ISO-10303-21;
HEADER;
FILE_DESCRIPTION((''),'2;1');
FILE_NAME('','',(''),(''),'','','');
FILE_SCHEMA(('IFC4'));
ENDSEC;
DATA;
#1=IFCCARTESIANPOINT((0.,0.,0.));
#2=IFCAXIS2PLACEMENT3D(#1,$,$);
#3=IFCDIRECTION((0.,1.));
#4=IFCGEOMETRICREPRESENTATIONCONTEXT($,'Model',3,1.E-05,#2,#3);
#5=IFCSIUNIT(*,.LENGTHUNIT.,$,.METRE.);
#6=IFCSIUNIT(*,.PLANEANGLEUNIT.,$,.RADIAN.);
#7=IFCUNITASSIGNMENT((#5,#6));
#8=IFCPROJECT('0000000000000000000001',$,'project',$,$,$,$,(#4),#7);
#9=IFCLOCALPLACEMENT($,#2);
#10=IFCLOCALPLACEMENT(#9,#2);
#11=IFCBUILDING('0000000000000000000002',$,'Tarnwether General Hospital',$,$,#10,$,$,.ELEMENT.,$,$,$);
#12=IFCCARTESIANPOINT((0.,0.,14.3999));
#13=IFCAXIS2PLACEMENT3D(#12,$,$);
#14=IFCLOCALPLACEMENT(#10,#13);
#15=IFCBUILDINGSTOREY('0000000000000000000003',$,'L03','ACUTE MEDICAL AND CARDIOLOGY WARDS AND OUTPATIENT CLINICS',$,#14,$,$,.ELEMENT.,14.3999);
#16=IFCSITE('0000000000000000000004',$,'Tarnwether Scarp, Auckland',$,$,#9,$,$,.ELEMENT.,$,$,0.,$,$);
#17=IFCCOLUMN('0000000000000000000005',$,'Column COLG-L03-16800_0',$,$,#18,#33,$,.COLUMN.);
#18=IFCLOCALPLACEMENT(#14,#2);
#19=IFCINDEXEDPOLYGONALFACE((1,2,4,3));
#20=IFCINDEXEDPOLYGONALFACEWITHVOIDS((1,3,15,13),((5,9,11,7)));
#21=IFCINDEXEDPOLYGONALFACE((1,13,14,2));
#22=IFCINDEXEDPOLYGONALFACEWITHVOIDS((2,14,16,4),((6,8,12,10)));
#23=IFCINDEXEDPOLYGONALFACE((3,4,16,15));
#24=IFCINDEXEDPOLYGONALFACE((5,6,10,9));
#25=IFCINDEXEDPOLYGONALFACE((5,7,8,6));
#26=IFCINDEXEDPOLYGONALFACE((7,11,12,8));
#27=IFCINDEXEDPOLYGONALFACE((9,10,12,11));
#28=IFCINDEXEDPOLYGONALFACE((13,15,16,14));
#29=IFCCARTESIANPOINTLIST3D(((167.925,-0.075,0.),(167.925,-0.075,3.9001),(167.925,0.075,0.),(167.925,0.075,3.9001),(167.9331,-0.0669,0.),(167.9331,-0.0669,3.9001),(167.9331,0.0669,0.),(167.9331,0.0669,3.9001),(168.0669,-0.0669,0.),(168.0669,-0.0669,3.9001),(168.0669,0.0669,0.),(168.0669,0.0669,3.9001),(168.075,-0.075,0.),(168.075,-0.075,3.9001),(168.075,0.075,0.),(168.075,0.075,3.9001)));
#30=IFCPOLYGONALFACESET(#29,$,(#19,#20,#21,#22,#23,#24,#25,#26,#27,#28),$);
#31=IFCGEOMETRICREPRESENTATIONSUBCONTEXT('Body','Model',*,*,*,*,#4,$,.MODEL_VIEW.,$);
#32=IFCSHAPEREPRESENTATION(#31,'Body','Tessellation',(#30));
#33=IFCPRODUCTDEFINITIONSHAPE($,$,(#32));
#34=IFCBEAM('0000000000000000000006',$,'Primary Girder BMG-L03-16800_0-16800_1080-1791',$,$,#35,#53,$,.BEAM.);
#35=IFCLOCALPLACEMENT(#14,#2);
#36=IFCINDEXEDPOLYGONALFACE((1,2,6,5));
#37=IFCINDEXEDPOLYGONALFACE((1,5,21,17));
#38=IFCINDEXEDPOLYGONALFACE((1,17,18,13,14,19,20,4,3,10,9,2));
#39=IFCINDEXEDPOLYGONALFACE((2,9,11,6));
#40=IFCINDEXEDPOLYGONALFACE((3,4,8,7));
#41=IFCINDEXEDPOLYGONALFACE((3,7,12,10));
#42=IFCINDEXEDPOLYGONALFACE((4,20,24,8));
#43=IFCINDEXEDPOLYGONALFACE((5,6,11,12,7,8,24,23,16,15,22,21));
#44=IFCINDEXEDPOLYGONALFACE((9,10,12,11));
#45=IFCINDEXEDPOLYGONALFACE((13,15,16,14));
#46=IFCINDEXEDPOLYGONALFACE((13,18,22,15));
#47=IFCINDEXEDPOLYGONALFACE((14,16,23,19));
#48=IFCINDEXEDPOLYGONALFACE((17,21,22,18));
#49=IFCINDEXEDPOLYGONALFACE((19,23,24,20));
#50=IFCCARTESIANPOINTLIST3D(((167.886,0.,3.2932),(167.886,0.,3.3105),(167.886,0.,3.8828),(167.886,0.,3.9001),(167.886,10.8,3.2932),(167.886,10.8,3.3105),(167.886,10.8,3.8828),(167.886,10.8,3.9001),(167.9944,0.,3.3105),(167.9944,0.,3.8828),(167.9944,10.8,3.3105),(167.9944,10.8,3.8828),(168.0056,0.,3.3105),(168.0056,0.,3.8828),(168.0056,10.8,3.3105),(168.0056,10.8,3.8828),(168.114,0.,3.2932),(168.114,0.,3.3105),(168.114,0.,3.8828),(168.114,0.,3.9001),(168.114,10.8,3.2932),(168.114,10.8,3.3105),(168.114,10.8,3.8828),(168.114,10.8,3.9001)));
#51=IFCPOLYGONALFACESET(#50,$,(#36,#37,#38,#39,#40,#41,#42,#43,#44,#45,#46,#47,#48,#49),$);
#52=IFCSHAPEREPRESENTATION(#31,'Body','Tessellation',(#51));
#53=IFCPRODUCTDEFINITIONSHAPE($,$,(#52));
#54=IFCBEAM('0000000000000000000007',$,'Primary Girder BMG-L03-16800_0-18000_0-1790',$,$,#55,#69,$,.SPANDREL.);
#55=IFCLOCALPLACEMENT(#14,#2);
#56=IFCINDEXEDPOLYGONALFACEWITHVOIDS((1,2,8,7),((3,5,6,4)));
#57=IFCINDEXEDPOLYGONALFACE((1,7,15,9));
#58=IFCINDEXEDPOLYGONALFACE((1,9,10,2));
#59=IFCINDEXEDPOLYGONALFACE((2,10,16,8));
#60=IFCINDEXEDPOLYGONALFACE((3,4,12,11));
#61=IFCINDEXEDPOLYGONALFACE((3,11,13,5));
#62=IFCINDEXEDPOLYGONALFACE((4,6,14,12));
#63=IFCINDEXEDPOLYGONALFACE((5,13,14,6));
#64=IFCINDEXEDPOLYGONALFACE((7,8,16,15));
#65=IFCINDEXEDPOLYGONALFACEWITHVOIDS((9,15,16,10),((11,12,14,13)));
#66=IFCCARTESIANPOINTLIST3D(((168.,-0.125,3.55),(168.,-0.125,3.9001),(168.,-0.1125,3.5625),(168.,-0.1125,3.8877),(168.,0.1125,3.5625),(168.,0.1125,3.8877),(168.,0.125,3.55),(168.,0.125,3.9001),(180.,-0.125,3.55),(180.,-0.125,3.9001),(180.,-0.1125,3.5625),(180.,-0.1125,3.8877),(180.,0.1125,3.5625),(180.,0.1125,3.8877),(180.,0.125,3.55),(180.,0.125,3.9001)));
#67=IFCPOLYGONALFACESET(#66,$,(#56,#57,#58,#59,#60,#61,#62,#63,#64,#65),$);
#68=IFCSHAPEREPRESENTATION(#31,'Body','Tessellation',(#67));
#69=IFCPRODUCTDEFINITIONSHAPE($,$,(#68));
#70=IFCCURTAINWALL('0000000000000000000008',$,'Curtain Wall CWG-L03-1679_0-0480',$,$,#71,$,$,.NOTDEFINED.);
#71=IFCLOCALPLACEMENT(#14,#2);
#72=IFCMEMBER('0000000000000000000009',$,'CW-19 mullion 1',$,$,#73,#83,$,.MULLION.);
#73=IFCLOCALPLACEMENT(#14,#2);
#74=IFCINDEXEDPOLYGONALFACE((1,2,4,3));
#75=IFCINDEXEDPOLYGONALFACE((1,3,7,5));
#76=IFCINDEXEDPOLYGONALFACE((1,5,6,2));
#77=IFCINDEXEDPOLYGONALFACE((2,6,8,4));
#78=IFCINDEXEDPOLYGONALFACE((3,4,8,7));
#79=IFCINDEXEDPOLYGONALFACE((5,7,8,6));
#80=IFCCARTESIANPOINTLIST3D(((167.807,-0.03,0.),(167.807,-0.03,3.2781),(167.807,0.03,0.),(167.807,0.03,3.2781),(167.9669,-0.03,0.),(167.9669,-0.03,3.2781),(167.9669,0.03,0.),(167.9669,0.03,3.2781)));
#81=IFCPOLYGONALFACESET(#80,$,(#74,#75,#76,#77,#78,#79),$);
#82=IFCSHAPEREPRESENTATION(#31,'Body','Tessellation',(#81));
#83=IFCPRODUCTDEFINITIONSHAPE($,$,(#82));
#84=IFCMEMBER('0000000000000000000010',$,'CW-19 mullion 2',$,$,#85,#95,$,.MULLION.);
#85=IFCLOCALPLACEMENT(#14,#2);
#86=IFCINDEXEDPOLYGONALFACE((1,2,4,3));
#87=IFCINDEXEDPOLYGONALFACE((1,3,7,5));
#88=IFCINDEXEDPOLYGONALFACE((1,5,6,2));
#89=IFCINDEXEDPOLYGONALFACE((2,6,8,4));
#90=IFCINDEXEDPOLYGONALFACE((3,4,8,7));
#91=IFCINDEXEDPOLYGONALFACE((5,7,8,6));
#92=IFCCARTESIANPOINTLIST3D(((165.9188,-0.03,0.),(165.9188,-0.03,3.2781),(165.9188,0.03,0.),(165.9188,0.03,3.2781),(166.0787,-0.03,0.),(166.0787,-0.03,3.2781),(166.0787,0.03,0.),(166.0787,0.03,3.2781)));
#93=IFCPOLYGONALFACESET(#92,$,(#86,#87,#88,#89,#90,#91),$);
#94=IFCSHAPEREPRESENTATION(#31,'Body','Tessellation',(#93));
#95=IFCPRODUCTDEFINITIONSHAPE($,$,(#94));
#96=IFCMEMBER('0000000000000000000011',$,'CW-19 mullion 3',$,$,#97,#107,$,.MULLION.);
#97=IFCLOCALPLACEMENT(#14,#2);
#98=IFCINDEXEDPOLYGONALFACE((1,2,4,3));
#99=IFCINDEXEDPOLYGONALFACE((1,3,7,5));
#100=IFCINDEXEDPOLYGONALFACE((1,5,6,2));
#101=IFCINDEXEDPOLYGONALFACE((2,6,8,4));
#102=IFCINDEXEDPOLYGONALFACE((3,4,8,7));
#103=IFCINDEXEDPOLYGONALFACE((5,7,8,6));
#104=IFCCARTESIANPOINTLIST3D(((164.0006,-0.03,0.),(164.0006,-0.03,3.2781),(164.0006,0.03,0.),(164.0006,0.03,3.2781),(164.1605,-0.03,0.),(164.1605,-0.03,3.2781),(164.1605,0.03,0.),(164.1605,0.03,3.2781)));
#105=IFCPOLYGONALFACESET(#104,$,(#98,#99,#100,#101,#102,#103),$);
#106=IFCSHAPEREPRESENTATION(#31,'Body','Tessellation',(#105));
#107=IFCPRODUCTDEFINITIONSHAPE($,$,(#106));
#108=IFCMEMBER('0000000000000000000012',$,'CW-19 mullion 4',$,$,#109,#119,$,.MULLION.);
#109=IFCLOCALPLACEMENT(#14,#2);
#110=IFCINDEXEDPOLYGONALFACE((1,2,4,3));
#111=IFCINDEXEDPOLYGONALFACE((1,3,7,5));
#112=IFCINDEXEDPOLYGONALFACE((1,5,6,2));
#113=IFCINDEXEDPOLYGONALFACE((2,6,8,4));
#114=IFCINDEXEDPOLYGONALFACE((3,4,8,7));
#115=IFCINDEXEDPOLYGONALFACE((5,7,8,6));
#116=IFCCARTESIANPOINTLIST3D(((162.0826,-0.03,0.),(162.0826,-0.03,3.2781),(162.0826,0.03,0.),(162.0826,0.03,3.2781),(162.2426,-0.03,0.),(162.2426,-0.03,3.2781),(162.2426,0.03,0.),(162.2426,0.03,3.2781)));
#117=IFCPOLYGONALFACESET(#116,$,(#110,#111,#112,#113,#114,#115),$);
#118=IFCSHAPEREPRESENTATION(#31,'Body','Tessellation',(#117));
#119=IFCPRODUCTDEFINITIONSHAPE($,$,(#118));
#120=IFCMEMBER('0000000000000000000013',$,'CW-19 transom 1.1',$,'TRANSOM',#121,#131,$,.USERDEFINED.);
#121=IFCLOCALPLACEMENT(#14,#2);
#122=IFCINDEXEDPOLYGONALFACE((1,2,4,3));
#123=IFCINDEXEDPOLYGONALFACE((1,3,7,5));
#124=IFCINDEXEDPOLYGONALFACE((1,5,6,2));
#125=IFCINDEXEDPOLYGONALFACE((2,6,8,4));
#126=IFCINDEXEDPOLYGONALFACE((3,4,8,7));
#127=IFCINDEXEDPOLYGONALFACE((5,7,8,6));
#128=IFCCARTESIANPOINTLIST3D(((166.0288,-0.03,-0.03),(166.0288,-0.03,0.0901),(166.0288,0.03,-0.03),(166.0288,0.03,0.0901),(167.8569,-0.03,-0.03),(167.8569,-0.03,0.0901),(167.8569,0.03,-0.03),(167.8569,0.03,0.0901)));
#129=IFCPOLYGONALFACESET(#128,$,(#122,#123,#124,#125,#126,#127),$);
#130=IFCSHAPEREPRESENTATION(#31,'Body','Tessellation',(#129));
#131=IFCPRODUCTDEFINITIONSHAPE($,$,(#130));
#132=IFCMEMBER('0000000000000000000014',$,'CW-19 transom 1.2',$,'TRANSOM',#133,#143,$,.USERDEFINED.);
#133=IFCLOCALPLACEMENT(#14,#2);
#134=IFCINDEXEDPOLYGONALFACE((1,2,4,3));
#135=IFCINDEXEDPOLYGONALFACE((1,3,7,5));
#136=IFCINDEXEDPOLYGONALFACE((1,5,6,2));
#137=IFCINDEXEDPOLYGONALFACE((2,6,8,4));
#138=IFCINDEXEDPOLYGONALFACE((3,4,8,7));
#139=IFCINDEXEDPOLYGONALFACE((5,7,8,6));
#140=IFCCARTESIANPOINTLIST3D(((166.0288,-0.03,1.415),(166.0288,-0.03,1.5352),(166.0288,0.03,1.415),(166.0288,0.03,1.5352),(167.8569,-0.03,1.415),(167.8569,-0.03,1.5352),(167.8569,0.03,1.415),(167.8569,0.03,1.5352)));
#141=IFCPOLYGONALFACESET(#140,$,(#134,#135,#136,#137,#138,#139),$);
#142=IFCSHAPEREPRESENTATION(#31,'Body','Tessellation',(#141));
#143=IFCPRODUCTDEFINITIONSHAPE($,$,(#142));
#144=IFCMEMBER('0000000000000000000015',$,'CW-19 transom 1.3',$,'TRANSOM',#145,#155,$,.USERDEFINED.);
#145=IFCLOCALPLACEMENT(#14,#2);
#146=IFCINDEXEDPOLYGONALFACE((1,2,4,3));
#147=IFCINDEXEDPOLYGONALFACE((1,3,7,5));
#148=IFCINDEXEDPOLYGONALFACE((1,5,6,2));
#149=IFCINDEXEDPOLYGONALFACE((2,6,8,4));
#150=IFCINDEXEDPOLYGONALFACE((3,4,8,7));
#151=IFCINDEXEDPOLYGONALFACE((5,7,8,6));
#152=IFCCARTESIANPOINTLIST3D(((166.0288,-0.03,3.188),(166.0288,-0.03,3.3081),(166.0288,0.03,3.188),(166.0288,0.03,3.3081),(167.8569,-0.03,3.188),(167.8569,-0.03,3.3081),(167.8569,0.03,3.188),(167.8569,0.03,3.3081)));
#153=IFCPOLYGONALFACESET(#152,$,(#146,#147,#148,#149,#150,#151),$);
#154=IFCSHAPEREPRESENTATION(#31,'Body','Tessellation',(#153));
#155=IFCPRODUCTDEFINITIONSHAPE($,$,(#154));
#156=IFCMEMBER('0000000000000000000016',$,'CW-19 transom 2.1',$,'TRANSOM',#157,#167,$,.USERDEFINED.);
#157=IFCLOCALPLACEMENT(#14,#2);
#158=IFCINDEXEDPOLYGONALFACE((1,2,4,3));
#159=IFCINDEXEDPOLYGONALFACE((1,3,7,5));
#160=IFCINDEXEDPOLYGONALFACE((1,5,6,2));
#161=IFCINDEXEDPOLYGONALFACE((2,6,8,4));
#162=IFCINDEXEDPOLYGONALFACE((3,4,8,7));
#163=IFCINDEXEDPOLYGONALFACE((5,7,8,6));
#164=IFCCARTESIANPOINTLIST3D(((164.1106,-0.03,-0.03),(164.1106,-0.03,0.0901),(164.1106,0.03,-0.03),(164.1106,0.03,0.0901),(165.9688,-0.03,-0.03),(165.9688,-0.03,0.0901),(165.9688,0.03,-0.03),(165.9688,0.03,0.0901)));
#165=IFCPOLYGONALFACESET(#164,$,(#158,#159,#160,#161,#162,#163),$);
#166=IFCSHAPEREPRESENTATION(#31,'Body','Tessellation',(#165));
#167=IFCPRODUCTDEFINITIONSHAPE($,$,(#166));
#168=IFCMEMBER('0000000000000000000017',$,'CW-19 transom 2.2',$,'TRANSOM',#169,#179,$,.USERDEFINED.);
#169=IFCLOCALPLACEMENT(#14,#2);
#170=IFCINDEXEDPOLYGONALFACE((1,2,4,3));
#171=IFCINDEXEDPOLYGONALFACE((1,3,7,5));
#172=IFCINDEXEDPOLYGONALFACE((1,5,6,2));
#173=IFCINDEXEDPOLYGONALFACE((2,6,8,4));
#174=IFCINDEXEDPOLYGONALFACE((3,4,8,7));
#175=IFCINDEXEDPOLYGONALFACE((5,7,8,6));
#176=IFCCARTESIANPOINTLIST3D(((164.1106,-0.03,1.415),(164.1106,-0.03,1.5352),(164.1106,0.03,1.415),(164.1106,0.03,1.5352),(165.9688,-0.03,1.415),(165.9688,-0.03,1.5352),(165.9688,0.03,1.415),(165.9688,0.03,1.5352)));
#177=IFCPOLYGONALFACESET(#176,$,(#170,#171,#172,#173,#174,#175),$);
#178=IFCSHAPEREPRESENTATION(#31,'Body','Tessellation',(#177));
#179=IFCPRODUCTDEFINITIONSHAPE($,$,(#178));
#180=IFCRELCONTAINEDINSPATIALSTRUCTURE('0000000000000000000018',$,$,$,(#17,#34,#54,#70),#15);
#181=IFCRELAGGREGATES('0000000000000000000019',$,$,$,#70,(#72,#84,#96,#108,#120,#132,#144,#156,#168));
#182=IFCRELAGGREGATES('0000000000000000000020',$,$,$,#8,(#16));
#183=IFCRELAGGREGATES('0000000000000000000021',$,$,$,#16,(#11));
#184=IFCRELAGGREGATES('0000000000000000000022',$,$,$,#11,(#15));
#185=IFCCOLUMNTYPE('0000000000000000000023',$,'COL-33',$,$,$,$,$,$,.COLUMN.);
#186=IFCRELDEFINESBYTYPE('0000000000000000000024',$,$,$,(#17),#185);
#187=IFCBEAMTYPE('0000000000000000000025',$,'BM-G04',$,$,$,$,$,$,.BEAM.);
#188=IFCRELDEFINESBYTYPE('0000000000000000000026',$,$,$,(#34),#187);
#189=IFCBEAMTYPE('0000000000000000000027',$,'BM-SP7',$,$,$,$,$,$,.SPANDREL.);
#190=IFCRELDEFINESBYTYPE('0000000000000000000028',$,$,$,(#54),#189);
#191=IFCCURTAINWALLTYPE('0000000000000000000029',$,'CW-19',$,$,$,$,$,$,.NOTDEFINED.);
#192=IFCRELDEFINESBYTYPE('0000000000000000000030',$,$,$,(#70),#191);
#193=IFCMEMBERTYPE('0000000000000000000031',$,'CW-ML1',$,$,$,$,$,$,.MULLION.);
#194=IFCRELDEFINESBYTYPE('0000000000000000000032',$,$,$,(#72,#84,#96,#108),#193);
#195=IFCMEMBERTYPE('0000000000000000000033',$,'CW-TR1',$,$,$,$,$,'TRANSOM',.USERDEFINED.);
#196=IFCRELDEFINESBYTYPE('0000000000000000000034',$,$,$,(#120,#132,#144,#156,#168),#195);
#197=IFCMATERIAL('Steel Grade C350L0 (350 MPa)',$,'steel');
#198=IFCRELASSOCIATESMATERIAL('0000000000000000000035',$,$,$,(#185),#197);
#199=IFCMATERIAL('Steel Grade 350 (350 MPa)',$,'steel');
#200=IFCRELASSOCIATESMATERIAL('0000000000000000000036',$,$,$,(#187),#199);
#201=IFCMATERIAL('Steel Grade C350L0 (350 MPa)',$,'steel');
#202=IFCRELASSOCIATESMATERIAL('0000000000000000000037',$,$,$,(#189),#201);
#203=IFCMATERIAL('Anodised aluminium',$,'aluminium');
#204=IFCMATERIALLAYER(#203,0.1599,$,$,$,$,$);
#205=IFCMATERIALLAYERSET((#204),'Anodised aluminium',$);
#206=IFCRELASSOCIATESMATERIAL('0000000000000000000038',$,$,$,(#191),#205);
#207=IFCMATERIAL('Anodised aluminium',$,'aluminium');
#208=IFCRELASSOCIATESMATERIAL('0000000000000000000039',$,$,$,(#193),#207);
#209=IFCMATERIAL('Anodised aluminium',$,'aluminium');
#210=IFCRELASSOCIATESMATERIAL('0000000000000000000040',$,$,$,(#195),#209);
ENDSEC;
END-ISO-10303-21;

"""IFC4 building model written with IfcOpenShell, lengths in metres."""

from ifc_helpers import new_model, si_unit, direction, frame, origin, origin_2d, place, context, subcontext, project, spatial, rectangle, hollow_rectangle, i_section, extrude, material, layer, layer_set, material_profile, profile_set, type_object, element, aggregate, save


model = new_model("IFC4")

# Units and contexts
model_context = context("Model", 3, precision=1e-05, world=origin(), true_north=direction((0.0, 1.0)))
body_context = subcontext(model_context, "Body", "Model", "MODEL_VIEW")
ifc_project = project(units=[si_unit("LENGTHUNIT", "METRE"), si_unit("PLANEANGLEUNIT", "RADIAN")], contexts=[model_context])

# Site, building, storey
site_placement = place(None, origin())
site = spatial("IfcSite", under=ifc_project, at=site_placement, Name="Tarnwether Scarp, Auckland", CompositionType="ELEMENT", RefElevation=0.0)
building_placement = place(site_placement, origin())
building = spatial("IfcBuilding", under=site, at=building_placement, Name="Tarnwether General Hospital", CompositionType="ELEMENT")
storey_placement = place(building_placement, frame((0.0, 0.0, 14.3999)))
storey = spatial("IfcBuildingStorey", under=building, at=storey_placement, Name="L03", Description="ACUTE MEDICAL AND CARDIOLOGY WARDS AND OUTPATIENT CLINICS", CompositionType="ELEMENT", Elevation=14.3999)

# Column
ifc_material_1 = material(Name="Steel Grade C350L0 (350 MPa)", Category="steel")
ifc_material_profile_1 = material_profile(ifc_material_1, hollow_rectangle(XDim=0.1499, YDim=0.1499, WallThickness=0.0081, at=origin_2d()), Name="SHS150x150x8")
ifc_profile_set_1 = profile_set([ifc_material_profile_1], Name="Steel Grade C350L0 (350 MPa)")
column_type = type_object("IfcColumnType", Name="COL-33", PredefinedType="COLUMN", material=ifc_profile_set_1)
column_placement = place(storey_placement, frame((168.0, 0.0, 0.0), z_axis=(0.0, 0.0, 1.0), x_axis=(1.0, 0.0, 0.0)))
element("IfcColumn", 1, at=column_placement, inside=storey, type_object=column_type, Name="Column COLG-L03-16800_0", PredefinedType="COLUMN", context=body_context, shape_type="SweptSolid", body=[
    extrude(hollow_rectangle(XDim=0.1499, YDim=0.1499, WallThickness=0.0081, at=origin_2d()), origin(), (0.0, 0.0, 1.0), 3.9001),
])

# Beams
ifc_material_2 = material(Name="Steel Grade 350 (350 MPa)", Category="steel")
ifc_material_profile_2 = material_profile(ifc_material_2, i_section(OverallWidth=0.228, OverallDepth=0.6069, WebThickness=0.0112, FlangeThickness=0.0173, at=origin_2d()), Name="610UB113")
ifc_profile_set_2 = profile_set([ifc_material_profile_2], Name="Steel Grade 350 (350 MPa)")
beam_type_1 = type_object("IfcBeamType", Name="BM-G04", PredefinedType="BEAM", material=ifc_profile_set_2)
beam_1_placement = place(storey_placement, frame((168.0, 0.0, 3.5967), z_axis=(0.0, 1.0, 0.0), x_axis=(-1.0, 0.0, 0.0)))
element("IfcBeam", 2, at=beam_1_placement, inside=storey, type_object=beam_type_1, Name="Primary Girder BMG-L03-16800_0-16800_1080-1791", PredefinedType="BEAM", context=body_context, shape_type="SweptSolid", body=[
    extrude(i_section(OverallWidth=0.228, OverallDepth=0.6069, WebThickness=0.0112, FlangeThickness=0.0173, at=origin_2d()), origin(), (0.0, 0.0, 1.0), 10.8),
])
ifc_material_3 = material(Name="Steel Grade C350L0 (350 MPa)", Category="steel")
ifc_material_profile_3 = material_profile(ifc_material_3, hollow_rectangle(XDim=0.25, YDim=0.3501, WallThickness=0.0125, at=origin_2d()), Name="RHS350x250x12.5")
ifc_profile_set_3 = profile_set([ifc_material_profile_3], Name="Steel Grade C350L0 (350 MPa)")
beam_type_2 = type_object("IfcBeamType", Name="BM-SP7", PredefinedType="SPANDREL", material=ifc_profile_set_3)
beam_2_placement = place(storey_placement, frame((168.0, 0.0, 3.7251), z_axis=(1.0, 0.0, 0.0), x_axis=(0.0, 1.0, 0.0)))
element("IfcBeam", 3, at=beam_2_placement, inside=storey, type_object=beam_type_2, Name="Primary Girder BMG-L03-16800_0-18000_0-1790", PredefinedType="SPANDREL", context=body_context, shape_type="SweptSolid", body=[
    extrude(hollow_rectangle(XDim=0.25, YDim=0.3501, WallThickness=0.0125, at=origin_2d()), origin(), (0.0, 0.0, 1.0), 12.0),
])

# Curtain wall, members
ifc_material_4 = material(Name="Anodised aluminium", Category="aluminium")
ifc_layer_1 = layer(ifc_material_4, 0.1599)
ifc_layer_set_1 = layer_set([ifc_layer_1], Name="Anodised aluminium")
curtain_wall_type = type_object("IfcCurtainWallType", Name="CW-19", PredefinedType="NOTDEFINED", material=ifc_layer_set_1)
curtain_wall_placement = place(storey_placement, origin())
curtain_wall = element("IfcCurtainWall", 4, at=curtain_wall_placement, inside=storey, type_object=curtain_wall_type, Name="Curtain Wall CWG-L03-1679_0-0480", PredefinedType="NOTDEFINED")
ifc_material_5 = material(Name="Anodised aluminium", Category="aluminium")
ifc_material_profile_4 = material_profile(ifc_material_5, rectangle(XDim=0.0601, YDim=0.1599, at=origin_2d()), Name="ALU-MUL-60x160")
ifc_profile_set_4 = profile_set([ifc_material_profile_4], Name="Anodised aluminium")
member_type_1 = type_object("IfcMemberType", Name="CW-ML1", PredefinedType="MULLION", material=ifc_profile_set_4)
member_1_placement = place(storey_placement, frame((167.887, 0.0, 0.0), z_axis=(0.0, 0.0, 1.0), x_axis=(0.0, -1.0, 0.0)))
member_1 = element("IfcMember", 5, at=member_1_placement, type_object=member_type_1, Name="CW-19 mullion 1", PredefinedType="MULLION", context=body_context, shape_type="SweptSolid", body=[
    extrude(rectangle(XDim=0.0601, YDim=0.1599, at=origin_2d()), origin(), (0.0, 0.0, 1.0), 3.2781),
])
member_2_placement = place(storey_placement, frame((165.9988, 0.0, 0.0), z_axis=(0.0, 0.0, 1.0), x_axis=(0.0, -1.0, 0.0)))
member_2 = element("IfcMember", 6, at=member_2_placement, type_object=member_type_1, Name="CW-19 mullion 2", PredefinedType="MULLION", context=body_context, shape_type="SweptSolid", body=[
    extrude(rectangle(XDim=0.0601, YDim=0.1599, at=origin_2d()), origin(), (0.0, 0.0, 1.0), 3.2781),
])
member_3_placement = place(storey_placement, frame((164.0806, 0.0, 0.0), z_axis=(0.0, 0.0, 1.0), x_axis=(0.0, -1.0, 0.0)))
member_3 = element("IfcMember", 7, at=member_3_placement, type_object=member_type_1, Name="CW-19 mullion 3", PredefinedType="MULLION", context=body_context, shape_type="SweptSolid", body=[
    extrude(rectangle(XDim=0.0601, YDim=0.1599, at=origin_2d()), origin(), (0.0, 0.0, 1.0), 3.2781),
])
member_4_placement = place(storey_placement, frame((162.1626, 0.0, 0.0), z_axis=(0.0, 0.0, 1.0), x_axis=(0.0, -1.0, 0.0)))
member_4 = element("IfcMember", 8, at=member_4_placement, type_object=member_type_1, Name="CW-19 mullion 4", PredefinedType="MULLION", context=body_context, shape_type="SweptSolid", body=[
    extrude(rectangle(XDim=0.0601, YDim=0.1599, at=origin_2d()), origin(), (0.0, 0.0, 1.0), 3.2781),
])
ifc_material_6 = material(Name="Anodised aluminium", Category="aluminium")
ifc_material_profile_5 = material_profile(ifc_material_6, rectangle(XDim=0.0601, YDim=0.1201, at=origin_2d()), Name="ALU-TRN-60x120")
ifc_profile_set_5 = profile_set([ifc_material_profile_5], Name="Anodised aluminium")
member_type_2 = type_object("IfcMemberType", Name="CW-TR1", ElementType="TRANSOM", PredefinedType="USERDEFINED", material=ifc_profile_set_5)
member_5_placement = place(storey_placement, frame((167.8569, 0.0, 0.03), z_axis=(-1.0, 0.0, 0.0), x_axis=(0.0, -1.0, 0.0)))
member_5 = element("IfcMember", 9, at=member_5_placement, type_object=member_type_2, Name="CW-19 transom 1.1", ObjectType="TRANSOM", PredefinedType="USERDEFINED", context=body_context, shape_type="SweptSolid", body=[
    extrude(rectangle(XDim=0.0601, YDim=0.1201, at=origin_2d()), origin(), (0.0, 0.0, 1.0), 1.8281),
])
member_6_placement = place(storey_placement, frame((167.8569, 0.0, 1.4751), z_axis=(-1.0, 0.0, 0.0), x_axis=(0.0, -1.0, 0.0)))
member_6 = element("IfcMember", 10, at=member_6_placement, type_object=member_type_2, Name="CW-19 transom 1.2", ObjectType="TRANSOM", PredefinedType="USERDEFINED", context=body_context, shape_type="SweptSolid", body=[
    extrude(rectangle(XDim=0.0601, YDim=0.1201, at=origin_2d()), origin(), (0.0, 0.0, 1.0), 1.8281),
])
member_7_placement = place(storey_placement, frame((167.8569, 0.0, 3.248), z_axis=(-1.0, 0.0, 0.0), x_axis=(0.0, -1.0, 0.0)))
member_7 = element("IfcMember", 11, at=member_7_placement, type_object=member_type_2, Name="CW-19 transom 1.3", ObjectType="TRANSOM", PredefinedType="USERDEFINED", context=body_context, shape_type="SweptSolid", body=[
    extrude(rectangle(XDim=0.0601, YDim=0.1201, at=origin_2d()), origin(), (0.0, 0.0, 1.0), 1.8281),
])
member_8_placement = place(storey_placement, frame((165.9688, 0.0, 0.03), z_axis=(-1.0, 0.0, 0.0), x_axis=(0.0, -1.0, 0.0)))
member_8 = element("IfcMember", 12, at=member_8_placement, type_object=member_type_2, Name="CW-19 transom 2.1", ObjectType="TRANSOM", PredefinedType="USERDEFINED", context=body_context, shape_type="SweptSolid", body=[
    extrude(rectangle(XDim=0.0601, YDim=0.1201, at=origin_2d()), origin(), (0.0, 0.0, 1.0), 1.8582),
])
member_9_placement = place(storey_placement, frame((165.9688, 0.0, 1.4751), z_axis=(-1.0, 0.0, 0.0), x_axis=(0.0, -1.0, 0.0)))
member_9 = element("IfcMember", 13, at=member_9_placement, type_object=member_type_2, Name="CW-19 transom 2.2", ObjectType="TRANSOM", PredefinedType="USERDEFINED", context=body_context, shape_type="SweptSolid", body=[
    extrude(rectangle(XDim=0.0601, YDim=0.1201, at=origin_2d()), origin(), (0.0, 0.0, 1.0), 1.8582),
])
aggregate(curtain_wall, [member_1, member_2, member_3, member_4, member_5, member_6, member_7, member_8, member_9])

save(model, "model.ifc")
